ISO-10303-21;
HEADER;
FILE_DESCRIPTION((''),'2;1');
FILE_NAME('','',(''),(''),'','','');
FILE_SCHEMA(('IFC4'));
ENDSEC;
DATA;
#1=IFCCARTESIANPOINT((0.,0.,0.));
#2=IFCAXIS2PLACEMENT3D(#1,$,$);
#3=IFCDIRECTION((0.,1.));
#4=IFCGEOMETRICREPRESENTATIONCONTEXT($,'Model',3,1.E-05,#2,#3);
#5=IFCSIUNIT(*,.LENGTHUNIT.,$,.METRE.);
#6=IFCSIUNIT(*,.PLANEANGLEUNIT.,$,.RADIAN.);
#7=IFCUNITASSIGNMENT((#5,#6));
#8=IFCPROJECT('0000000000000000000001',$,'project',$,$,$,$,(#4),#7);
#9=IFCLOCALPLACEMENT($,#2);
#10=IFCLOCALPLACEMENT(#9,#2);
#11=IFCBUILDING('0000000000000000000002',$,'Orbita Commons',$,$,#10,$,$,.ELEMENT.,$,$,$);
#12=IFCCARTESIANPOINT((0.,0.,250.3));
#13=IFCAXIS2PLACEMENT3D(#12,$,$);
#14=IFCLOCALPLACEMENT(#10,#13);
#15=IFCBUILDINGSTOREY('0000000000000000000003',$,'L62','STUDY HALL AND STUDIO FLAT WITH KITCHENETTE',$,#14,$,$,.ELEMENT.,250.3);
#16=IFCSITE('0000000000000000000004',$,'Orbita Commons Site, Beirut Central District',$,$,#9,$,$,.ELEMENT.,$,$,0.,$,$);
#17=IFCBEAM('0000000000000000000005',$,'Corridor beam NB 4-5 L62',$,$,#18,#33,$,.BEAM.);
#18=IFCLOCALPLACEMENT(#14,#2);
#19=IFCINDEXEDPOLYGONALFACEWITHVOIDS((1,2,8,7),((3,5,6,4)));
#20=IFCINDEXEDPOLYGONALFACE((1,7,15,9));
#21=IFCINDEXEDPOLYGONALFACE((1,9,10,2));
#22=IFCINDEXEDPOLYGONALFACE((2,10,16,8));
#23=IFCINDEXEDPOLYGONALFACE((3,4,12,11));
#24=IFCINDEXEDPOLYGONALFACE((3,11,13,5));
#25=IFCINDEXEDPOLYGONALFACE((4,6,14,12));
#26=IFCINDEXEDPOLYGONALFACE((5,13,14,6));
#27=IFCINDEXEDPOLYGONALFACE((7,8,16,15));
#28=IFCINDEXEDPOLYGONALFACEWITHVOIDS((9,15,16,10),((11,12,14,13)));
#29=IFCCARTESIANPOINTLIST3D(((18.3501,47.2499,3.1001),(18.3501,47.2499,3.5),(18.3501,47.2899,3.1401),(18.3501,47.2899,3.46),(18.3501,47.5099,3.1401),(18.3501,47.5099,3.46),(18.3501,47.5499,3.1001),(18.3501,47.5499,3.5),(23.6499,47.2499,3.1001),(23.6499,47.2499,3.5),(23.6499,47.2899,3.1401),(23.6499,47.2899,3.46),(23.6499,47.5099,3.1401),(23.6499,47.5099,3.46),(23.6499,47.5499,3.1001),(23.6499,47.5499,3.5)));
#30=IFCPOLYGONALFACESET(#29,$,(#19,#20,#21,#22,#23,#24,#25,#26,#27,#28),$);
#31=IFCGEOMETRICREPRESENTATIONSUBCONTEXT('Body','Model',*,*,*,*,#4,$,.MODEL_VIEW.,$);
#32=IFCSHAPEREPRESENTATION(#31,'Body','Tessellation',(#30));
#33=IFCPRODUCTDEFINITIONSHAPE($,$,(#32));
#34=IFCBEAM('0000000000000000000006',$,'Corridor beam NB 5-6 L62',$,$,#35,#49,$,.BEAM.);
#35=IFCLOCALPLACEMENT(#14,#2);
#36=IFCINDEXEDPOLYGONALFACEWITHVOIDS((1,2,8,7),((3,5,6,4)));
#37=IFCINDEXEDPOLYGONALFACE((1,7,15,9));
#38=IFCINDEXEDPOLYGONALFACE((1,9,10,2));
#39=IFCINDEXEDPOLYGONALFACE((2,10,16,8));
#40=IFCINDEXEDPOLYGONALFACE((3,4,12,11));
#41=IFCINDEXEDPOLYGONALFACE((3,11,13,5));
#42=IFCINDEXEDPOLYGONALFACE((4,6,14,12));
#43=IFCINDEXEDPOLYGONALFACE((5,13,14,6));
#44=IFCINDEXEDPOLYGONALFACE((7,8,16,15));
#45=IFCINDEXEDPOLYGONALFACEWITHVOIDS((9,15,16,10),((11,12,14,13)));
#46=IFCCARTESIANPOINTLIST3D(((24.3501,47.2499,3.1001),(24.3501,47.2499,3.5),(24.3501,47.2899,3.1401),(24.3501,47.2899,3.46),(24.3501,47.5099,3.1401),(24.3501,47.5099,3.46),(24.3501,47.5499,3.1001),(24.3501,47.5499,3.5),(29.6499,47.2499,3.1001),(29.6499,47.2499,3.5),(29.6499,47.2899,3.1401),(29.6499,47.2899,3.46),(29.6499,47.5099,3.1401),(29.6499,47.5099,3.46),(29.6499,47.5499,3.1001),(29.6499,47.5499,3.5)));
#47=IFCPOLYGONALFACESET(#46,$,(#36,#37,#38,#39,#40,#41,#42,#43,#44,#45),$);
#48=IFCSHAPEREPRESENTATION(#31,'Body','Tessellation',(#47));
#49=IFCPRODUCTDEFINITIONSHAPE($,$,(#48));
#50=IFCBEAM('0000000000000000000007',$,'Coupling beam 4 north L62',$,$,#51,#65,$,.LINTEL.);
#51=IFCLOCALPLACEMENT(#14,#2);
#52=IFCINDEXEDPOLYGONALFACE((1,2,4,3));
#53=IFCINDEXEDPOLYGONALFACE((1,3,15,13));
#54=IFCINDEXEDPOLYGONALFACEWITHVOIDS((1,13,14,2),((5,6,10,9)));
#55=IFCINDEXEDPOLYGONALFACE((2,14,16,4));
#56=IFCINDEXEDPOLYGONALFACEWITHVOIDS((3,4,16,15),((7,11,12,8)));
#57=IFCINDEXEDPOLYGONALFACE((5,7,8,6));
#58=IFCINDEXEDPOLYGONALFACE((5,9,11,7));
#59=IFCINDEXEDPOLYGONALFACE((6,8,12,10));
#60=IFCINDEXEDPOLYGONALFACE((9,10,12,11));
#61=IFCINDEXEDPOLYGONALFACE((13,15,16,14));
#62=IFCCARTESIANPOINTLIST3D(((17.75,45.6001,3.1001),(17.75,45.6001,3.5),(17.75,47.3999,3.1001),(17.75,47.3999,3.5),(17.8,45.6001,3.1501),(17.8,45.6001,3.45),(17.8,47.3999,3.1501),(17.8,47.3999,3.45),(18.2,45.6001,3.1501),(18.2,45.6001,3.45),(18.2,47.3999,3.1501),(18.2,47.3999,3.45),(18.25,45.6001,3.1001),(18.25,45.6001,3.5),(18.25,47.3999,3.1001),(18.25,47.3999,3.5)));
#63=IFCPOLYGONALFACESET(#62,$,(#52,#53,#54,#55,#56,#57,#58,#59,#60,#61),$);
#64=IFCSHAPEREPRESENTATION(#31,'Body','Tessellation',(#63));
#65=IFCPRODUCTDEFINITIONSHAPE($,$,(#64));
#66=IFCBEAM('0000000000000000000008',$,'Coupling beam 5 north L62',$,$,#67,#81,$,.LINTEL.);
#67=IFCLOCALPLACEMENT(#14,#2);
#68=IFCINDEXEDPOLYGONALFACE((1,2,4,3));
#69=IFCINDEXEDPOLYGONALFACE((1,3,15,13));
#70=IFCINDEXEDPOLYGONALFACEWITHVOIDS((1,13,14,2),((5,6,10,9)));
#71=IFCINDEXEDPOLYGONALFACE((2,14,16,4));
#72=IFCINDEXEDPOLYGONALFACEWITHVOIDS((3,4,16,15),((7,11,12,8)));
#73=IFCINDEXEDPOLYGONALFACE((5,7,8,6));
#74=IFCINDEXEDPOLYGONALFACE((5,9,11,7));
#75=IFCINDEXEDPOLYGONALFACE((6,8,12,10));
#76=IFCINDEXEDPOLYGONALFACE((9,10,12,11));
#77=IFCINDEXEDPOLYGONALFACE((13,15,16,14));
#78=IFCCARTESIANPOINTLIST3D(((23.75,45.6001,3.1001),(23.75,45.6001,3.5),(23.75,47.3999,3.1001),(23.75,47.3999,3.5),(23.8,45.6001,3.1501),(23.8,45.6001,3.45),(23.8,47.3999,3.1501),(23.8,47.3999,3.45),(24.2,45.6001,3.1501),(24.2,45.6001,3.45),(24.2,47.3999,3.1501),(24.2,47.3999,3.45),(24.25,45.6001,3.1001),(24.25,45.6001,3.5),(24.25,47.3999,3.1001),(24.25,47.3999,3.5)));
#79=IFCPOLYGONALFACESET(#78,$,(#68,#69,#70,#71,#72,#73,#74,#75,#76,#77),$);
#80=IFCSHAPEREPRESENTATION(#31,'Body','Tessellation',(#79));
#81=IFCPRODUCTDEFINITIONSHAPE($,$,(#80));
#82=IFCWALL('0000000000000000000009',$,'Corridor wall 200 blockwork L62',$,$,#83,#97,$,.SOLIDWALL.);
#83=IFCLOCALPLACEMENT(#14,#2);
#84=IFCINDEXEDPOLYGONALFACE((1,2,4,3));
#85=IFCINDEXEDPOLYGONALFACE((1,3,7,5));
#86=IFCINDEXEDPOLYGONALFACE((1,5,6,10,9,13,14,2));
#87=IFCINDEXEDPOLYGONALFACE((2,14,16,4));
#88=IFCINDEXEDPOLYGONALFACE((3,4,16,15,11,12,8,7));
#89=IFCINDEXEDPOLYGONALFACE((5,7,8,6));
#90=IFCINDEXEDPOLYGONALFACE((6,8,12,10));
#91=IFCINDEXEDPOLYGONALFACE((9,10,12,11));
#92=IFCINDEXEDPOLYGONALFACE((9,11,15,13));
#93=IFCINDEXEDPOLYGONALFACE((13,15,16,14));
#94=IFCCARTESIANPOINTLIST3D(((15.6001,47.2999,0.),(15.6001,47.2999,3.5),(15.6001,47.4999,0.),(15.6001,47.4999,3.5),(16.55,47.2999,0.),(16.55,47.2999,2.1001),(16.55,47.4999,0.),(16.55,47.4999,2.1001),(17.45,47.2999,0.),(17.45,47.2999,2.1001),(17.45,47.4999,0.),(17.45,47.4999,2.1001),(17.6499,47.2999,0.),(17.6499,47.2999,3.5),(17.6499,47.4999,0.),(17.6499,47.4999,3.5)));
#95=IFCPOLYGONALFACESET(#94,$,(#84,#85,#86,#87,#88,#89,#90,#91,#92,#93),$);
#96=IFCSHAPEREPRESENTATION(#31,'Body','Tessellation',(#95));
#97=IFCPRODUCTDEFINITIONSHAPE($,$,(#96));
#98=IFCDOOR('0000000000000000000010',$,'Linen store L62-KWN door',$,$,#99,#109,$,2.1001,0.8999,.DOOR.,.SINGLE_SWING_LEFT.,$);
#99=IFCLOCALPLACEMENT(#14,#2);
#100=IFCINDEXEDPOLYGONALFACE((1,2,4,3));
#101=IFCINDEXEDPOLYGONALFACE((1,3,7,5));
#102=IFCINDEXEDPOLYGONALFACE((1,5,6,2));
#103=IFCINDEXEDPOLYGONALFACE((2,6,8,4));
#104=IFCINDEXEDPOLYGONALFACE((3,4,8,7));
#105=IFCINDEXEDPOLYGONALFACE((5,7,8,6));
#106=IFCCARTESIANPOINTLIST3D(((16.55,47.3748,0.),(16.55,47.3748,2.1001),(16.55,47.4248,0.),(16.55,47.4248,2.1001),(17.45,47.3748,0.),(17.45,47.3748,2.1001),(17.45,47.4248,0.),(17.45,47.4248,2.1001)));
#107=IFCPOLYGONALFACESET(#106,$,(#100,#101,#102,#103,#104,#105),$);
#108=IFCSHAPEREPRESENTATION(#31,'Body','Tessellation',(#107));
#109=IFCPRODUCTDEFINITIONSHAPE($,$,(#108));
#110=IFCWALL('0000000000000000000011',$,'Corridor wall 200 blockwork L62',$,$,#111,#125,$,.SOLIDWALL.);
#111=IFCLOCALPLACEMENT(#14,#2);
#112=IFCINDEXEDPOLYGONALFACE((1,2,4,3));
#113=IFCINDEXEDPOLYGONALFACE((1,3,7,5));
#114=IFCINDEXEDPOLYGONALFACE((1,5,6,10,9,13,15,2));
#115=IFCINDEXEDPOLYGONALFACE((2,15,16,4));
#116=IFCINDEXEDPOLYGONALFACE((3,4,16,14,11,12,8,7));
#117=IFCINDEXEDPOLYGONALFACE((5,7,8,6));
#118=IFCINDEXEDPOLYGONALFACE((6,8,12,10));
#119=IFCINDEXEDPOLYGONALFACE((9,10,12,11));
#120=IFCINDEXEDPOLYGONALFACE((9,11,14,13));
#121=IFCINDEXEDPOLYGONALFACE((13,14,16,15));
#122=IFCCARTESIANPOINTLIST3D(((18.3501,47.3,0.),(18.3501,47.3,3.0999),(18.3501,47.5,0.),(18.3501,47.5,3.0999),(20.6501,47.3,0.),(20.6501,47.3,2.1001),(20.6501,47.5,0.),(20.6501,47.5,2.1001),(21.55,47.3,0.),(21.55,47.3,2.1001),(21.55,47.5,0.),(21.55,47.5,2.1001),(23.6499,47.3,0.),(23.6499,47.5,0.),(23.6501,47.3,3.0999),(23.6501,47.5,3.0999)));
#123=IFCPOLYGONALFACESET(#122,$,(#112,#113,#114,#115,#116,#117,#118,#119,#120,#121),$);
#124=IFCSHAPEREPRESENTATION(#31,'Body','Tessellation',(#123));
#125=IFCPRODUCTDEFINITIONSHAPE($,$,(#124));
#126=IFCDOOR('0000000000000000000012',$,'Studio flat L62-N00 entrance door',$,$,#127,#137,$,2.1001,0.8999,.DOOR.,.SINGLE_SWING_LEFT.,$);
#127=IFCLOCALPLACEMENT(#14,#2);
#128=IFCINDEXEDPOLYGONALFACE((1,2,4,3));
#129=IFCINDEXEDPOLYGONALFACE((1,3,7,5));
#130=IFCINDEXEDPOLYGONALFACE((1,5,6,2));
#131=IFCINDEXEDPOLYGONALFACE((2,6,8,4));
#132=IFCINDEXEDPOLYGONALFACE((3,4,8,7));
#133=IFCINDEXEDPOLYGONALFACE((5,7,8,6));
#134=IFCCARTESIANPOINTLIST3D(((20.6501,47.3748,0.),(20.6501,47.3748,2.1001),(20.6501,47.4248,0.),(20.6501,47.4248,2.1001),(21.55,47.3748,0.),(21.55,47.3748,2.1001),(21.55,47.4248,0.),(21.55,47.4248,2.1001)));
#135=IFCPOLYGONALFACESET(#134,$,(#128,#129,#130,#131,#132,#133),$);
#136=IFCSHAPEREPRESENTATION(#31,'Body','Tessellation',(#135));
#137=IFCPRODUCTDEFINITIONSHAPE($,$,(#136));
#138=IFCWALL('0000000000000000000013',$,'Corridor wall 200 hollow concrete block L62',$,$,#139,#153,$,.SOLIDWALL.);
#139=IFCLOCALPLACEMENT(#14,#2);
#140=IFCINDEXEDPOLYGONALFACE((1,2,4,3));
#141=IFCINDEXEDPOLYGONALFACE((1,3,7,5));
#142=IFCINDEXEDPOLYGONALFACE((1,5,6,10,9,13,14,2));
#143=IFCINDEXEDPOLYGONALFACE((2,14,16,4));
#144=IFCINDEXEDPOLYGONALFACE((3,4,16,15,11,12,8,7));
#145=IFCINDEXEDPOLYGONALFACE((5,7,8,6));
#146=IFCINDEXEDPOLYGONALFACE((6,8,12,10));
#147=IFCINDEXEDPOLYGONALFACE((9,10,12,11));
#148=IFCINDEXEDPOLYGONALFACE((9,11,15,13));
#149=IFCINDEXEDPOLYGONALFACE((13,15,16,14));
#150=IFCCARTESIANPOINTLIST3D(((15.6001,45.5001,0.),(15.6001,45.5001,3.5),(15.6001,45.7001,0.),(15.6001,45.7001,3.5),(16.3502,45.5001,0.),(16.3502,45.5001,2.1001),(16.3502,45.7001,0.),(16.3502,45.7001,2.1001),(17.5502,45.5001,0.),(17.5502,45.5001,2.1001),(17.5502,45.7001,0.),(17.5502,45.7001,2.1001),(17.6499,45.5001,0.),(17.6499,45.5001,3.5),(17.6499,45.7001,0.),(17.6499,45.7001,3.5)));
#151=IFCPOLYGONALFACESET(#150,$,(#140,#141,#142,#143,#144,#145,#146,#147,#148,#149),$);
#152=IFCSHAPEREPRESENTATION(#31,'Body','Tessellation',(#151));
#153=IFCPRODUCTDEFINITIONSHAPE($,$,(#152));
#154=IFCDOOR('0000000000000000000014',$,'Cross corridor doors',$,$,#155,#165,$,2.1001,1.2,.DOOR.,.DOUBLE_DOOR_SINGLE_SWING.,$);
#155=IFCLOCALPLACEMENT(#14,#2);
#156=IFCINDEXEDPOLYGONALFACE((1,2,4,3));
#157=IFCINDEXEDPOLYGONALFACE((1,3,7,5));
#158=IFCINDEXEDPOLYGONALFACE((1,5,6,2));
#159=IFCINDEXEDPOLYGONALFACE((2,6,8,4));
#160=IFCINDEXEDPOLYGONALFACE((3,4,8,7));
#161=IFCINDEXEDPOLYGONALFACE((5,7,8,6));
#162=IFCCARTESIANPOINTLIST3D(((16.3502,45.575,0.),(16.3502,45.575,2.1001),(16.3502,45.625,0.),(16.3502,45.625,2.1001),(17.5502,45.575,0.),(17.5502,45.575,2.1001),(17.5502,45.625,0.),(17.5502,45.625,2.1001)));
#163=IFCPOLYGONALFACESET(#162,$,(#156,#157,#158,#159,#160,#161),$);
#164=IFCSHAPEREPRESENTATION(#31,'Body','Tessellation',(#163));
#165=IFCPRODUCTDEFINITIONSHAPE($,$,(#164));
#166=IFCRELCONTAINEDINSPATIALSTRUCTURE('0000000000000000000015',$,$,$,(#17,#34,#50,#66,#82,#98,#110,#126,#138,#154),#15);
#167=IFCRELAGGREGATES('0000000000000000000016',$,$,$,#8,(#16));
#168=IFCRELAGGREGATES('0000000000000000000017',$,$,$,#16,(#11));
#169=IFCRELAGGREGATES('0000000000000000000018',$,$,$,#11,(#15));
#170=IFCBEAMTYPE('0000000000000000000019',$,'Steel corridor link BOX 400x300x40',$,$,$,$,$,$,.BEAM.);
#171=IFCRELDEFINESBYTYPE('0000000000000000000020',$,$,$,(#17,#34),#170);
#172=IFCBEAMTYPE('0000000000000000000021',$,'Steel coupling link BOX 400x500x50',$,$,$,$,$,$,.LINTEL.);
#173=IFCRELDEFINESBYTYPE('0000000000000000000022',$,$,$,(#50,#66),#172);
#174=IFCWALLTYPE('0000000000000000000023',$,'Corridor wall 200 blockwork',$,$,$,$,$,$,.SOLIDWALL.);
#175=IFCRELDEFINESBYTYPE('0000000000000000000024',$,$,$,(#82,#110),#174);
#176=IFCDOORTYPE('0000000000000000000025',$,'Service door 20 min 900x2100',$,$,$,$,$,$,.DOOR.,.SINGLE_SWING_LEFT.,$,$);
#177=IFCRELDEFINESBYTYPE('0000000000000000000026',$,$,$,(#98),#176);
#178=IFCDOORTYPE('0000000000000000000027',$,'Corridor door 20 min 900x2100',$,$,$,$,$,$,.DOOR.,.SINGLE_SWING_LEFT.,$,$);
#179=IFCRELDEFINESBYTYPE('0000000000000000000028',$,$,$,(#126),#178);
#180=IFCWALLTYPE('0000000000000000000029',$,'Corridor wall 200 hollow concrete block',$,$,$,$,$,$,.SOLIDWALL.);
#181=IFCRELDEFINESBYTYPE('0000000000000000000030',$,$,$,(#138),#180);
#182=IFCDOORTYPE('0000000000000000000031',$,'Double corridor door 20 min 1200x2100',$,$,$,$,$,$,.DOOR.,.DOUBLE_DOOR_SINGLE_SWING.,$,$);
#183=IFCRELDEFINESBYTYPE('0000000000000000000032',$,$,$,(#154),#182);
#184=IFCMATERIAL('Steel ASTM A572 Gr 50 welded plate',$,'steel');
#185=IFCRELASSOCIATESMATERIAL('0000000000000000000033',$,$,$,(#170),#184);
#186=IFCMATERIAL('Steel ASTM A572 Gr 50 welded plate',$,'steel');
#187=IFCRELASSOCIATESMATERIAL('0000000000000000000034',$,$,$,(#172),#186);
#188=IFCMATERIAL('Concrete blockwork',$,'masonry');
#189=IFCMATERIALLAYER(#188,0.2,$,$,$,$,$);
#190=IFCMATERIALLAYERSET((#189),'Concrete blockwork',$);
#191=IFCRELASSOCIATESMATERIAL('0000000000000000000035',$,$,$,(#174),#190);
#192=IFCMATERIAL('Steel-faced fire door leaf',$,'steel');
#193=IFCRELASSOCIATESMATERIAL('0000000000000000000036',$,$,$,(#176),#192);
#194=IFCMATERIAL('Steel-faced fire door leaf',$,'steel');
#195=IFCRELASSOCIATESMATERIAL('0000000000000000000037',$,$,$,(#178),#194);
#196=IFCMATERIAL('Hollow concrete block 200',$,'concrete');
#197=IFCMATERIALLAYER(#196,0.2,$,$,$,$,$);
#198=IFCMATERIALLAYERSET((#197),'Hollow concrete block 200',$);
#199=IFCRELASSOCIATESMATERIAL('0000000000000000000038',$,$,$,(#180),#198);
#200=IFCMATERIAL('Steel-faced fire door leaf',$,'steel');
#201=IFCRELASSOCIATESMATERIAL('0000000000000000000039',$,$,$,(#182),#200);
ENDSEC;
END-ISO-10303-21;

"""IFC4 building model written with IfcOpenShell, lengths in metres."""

from ifc_helpers import new_model, si_unit, direction, frame, frame_2d, origin, origin_2d, place, context, subcontext, project, spatial, polyline, rectangle, hollow_rectangle, outline, extrude, material, layer, layer_set, material_profile, profile_set, type_object, element, fill, save


model = new_model("IFC4")

# Units and contexts
model_context = context("Model", 3, precision=1e-05, world=origin(), true_north=direction((0.0, 1.0)))
body_context = subcontext(model_context, "Body", "Model", "MODEL_VIEW")
ifc_project = project(units=[si_unit("LENGTHUNIT", "METRE"), si_unit("PLANEANGLEUNIT", "RADIAN")], contexts=[model_context])

# Site, building, storey
site_placement = place(None, origin())
site = spatial("IfcSite", under=ifc_project, at=site_placement, Name="Orbita Commons Site, Beirut Central District", CompositionType="ELEMENT", RefElevation=0.0)
building_placement = place(site_placement, origin())
building = spatial("IfcBuilding", under=site, at=building_placement, Name="Orbita Commons", CompositionType="ELEMENT")
storey_placement = place(building_placement, frame((0.0, 0.0, 250.3)))
storey = spatial("IfcBuildingStorey", under=building, at=storey_placement, Name="L62", Description="STUDY HALL AND STUDIO FLAT WITH KITCHENETTE", CompositionType="ELEMENT", Elevation=250.3)

# Beams
ifc_material_1 = material(Name="Steel ASTM A572 Gr 50 welded plate", Category="steel")
ifc_material_profile_1 = material_profile(ifc_material_1, hollow_rectangle(XDim=0.3, YDim=0.3999, WallThickness=0.04, at=origin_2d()), Name="BOX 400x300x40")
ifc_profile_set_1 = profile_set([ifc_material_profile_1], Name="Steel ASTM A572 Gr 50 welded plate")
beam_type_1 = type_object("IfcBeamType", Name="Steel corridor link BOX 400x300x40", PredefinedType="BEAM", material=ifc_profile_set_1)
for number, where, z_axis, x_axis, name in (
    (1, (18.3501, 47.3999, 3.3), (1.0, 0.0, 0.0), (0.0, 1.0, 0.0), "Corridor beam NB 4-5 L62"),
    (2, (24.3501, 47.3999, 3.3), (1.0, 0.0, 0.0), (0.0, 1.0, 0.0), "Corridor beam NB 5-6 L62"),
):
    element("IfcBeam", number, at=place(storey_placement, frame(where, z_axis=z_axis, x_axis=x_axis)), inside=storey, type_object=beam_type_1, Name=name, PredefinedType="BEAM", context=body_context, shape_type="SweptSolid", body=[
        extrude(hollow_rectangle(XDim=0.3, YDim=0.3999, WallThickness=0.04, at=origin_2d()), origin(), (0.0, 0.0, 1.0), 5.2998),
    ])
ifc_material_2 = material(Name="Steel ASTM A572 Gr 50 welded plate", Category="steel")
ifc_material_profile_2 = material_profile(ifc_material_2, hollow_rectangle(XDim=0.5, YDim=0.3999, WallThickness=0.05, at=origin_2d()), Name="BOX 400x500x50")
ifc_profile_set_2 = profile_set([ifc_material_profile_2], Name="Steel ASTM A572 Gr 50 welded plate")
beam_type_2 = type_object("IfcBeamType", Name="Steel coupling link BOX 400x500x50", PredefinedType="LINTEL", material=ifc_profile_set_2)
for number, where, z_axis, x_axis, name in (
    (3, (18.0, 45.6001, 3.3), (0.0, 1.0, 0.0), (-1.0, 0.0, 0.0), "Coupling beam 4 north L62"),
    (4, (24.0, 45.6001, 3.3), (0.0, 1.0, 0.0), (-1.0, 0.0, 0.0), "Coupling beam 5 north L62"),
):
    element("IfcBeam", number, at=place(storey_placement, frame(where, z_axis=z_axis, x_axis=x_axis)), inside=storey, type_object=beam_type_2, Name=name, PredefinedType="LINTEL", context=body_context, shape_type="SweptSolid", body=[
        extrude(hollow_rectangle(XDim=0.5, YDim=0.3999, WallThickness=0.05, at=origin_2d()), origin(), (0.0, 0.0, 1.0), 1.7998),
    ])

# Walls, openings, doors
ifc_material_3 = material(Name="Concrete blockwork", Category="masonry")
ifc_layer_1 = layer(ifc_material_3, 0.2)
ifc_layer_set_1 = layer_set([ifc_layer_1], Name="Concrete blockwork")
wall_type_1 = type_object("IfcWallType", Name="Corridor wall 200 blockwork", PredefinedType="SOLIDWALL", material=ifc_layer_set_1)
wall_1_placement = place(storey_placement, frame((15.6001, 47.3999, 0.0), z_axis=(0.0, 0.0, 1.0), x_axis=(1.0, 0.0, 0.0)))
wall_1 = element("IfcWall", 5, at=wall_1_placement, inside=storey, type_object=wall_type_1, Name="Corridor wall 200 blockwork L62", PredefinedType="SOLIDWALL", context=body_context, shape_type="SweptSolid", body=[
    extrude(rectangle(XDim=2.0498, YDim=0.2, at=frame_2d((1.0249, 0.0))), origin(), (0.0, 0.0, 1.0), 3.5),
])
opening_1_placement = place(wall_1_placement, frame((0.95, 0.0, 0.0)))
opening_1 = element("IfcOpeningElement", 6, at=opening_1_placement, cuts=wall_1, PredefinedType="OPENING", context=body_context, shape_type="SweptSolid", body=[
    extrude(rectangle(XDim=0.8999, YDim=2.1001, at=frame_2d((0.45, 1.05))), frame((0.0, 0.1099, 0.0), z_axis=(0.0, -1.0, 0.0), x_axis=(1.0, 0.0, 0.0)), (0.0, 0.0, 1.0), 0.22),
])
ifc_material_4 = material(Name="Steel-faced fire door leaf", Category="steel")
door_type_1 = type_object("IfcDoorType", Name="Service door 20 min 900x2100", OperationType="SINGLE_SWING_LEFT", PredefinedType="DOOR", material=ifc_material_4)
door_1_placement = place(opening_1_placement, origin())
door_1 = element("IfcDoor", 7, at=door_1_placement, inside=storey, type_object=door_type_1, Name="Linen store L62-KWN door", OperationType="SINGLE_SWING_LEFT", OverallHeight=2.1001, OverallWidth=0.8999, PredefinedType="DOOR", context=body_context, shape_type="SweptSolid", body=[
    extrude(rectangle(XDim=0.8999, YDim=2.1001, at=frame_2d((0.45, 1.05))), frame((0.0, 0.0249, 0.0), z_axis=(0.0, -1.0, 0.0), x_axis=(1.0, 0.0, 0.0)), (0.0, 0.0, 1.0), 0.05),
])
fill(opening_1, door_1)
wall_2_placement = place(storey_placement, frame((18.3501, 47.3999, 0.0), z_axis=(0.0, 0.0, 1.0), x_axis=(1.0, 0.0, 0.0)))
wall_2 = element("IfcWall", 8, at=wall_2_placement, inside=storey, type_object=wall_type_1, Name="Corridor wall 200 blockwork L62", PredefinedType="SOLIDWALL", context=body_context, shape_type="SweptSolid", body=[
    extrude(outline(polyline([(0.0, 0.0), (5.2998, 0.0), (5.3, 3.0999), (0.0, 3.0999), (0.0, 0.0)])), frame((0.0, 0.1001, 0.0), z_axis=(0.0, -1.0, 0.0), x_axis=(1.0, 0.0, 0.0)), (0.0, 0.0, 1.0), 0.2),
])
opening_2_placement = place(wall_2_placement, frame((2.3, 0.0, 0.0)))
opening_2 = element("IfcOpeningElement", 9, at=opening_2_placement, cuts=wall_2, PredefinedType="OPENING", context=body_context, shape_type="SweptSolid", body=[
    extrude(rectangle(XDim=0.8999, YDim=2.1001, at=frame_2d((0.45, 1.05))), frame((0.0, 0.1099, 0.0), z_axis=(0.0, -1.0, 0.0), x_axis=(1.0, 0.0, 0.0)), (0.0, 0.0, 1.0), 0.22),
])
ifc_material_5 = material(Name="Steel-faced fire door leaf", Category="steel")
door_type_2 = type_object("IfcDoorType", Name="Corridor door 20 min 900x2100", OperationType="SINGLE_SWING_LEFT", PredefinedType="DOOR", material=ifc_material_5)
door_2_placement = place(opening_2_placement, origin())
door_2 = element("IfcDoor", 10, at=door_2_placement, inside=storey, type_object=door_type_2, Name="Studio flat L62-N00 entrance door", OperationType="SINGLE_SWING_LEFT", OverallHeight=2.1001, OverallWidth=0.8999, PredefinedType="DOOR", context=body_context, shape_type="SweptSolid", body=[
    extrude(rectangle(XDim=0.8999, YDim=2.1001, at=frame_2d((0.45, 1.05))), frame((0.0, 0.0249, 0.0), z_axis=(0.0, -1.0, 0.0), x_axis=(1.0, 0.0, 0.0)), (0.0, 0.0, 1.0), 0.05),
])
fill(opening_2, door_2)
ifc_material_6 = material(Name="Hollow concrete block 200", Category="concrete")
ifc_layer_2 = layer(ifc_material_6, 0.2)
ifc_layer_set_2 = layer_set([ifc_layer_2], Name="Hollow concrete block 200")
wall_type_2 = type_object("IfcWallType", Name="Corridor wall 200 hollow concrete block", PredefinedType="SOLIDWALL", material=ifc_layer_set_2)
wall_3_placement = place(storey_placement, frame((15.6001, 45.6001, 0.0), z_axis=(0.0, 0.0, 1.0), x_axis=(1.0, 0.0, 0.0)))
wall_3 = element("IfcWall", 11, at=wall_3_placement, inside=storey, type_object=wall_type_2, Name="Corridor wall 200 hollow concrete block L62", PredefinedType="SOLIDWALL", context=body_context, shape_type="SweptSolid", body=[
    extrude(rectangle(XDim=2.0498, YDim=0.2, at=frame_2d((1.0249, 0.0))), origin(), (0.0, 0.0, 1.0), 3.5),
])
opening_3_placement = place(wall_3_placement, frame((0.75, 0.0, 0.0)))
opening_3 = element("IfcOpeningElement", 12, at=opening_3_placement, cuts=wall_3, PredefinedType="OPENING", context=body_context, shape_type="SweptSolid", body=[
    extrude(rectangle(XDim=1.2, YDim=2.1001, at=frame_2d((0.6001, 1.05))), frame((0.0, 0.1099, 0.0), z_axis=(0.0, -1.0, 0.0), x_axis=(1.0, 0.0, 0.0)), (0.0, 0.0, 1.0), 0.22),
])
ifc_material_7 = material(Name="Steel-faced fire door leaf", Category="steel")
door_type_3 = type_object("IfcDoorType", Name="Double corridor door 20 min 1200x2100", OperationType="DOUBLE_DOOR_SINGLE_SWING", PredefinedType="DOOR", material=ifc_material_7)
door_3_placement = place(opening_3_placement, origin())
door_3 = element("IfcDoor", 13, at=door_3_placement, inside=storey, type_object=door_type_3, Name="Cross corridor doors", OperationType="DOUBLE_DOOR_SINGLE_SWING", OverallHeight=2.1001, OverallWidth=1.2, PredefinedType="DOOR", context=body_context, shape_type="SweptSolid", body=[
    extrude(rectangle(XDim=1.2, YDim=2.1001, at=frame_2d((0.6001, 1.05))), frame((0.0, 0.0249, 0.0), z_axis=(0.0, -1.0, 0.0), x_axis=(1.0, 0.0, 0.0)), (0.0, 0.0, 1.0), 0.05),
])
fill(opening_3, door_3)

save(model, "model.ifc")
